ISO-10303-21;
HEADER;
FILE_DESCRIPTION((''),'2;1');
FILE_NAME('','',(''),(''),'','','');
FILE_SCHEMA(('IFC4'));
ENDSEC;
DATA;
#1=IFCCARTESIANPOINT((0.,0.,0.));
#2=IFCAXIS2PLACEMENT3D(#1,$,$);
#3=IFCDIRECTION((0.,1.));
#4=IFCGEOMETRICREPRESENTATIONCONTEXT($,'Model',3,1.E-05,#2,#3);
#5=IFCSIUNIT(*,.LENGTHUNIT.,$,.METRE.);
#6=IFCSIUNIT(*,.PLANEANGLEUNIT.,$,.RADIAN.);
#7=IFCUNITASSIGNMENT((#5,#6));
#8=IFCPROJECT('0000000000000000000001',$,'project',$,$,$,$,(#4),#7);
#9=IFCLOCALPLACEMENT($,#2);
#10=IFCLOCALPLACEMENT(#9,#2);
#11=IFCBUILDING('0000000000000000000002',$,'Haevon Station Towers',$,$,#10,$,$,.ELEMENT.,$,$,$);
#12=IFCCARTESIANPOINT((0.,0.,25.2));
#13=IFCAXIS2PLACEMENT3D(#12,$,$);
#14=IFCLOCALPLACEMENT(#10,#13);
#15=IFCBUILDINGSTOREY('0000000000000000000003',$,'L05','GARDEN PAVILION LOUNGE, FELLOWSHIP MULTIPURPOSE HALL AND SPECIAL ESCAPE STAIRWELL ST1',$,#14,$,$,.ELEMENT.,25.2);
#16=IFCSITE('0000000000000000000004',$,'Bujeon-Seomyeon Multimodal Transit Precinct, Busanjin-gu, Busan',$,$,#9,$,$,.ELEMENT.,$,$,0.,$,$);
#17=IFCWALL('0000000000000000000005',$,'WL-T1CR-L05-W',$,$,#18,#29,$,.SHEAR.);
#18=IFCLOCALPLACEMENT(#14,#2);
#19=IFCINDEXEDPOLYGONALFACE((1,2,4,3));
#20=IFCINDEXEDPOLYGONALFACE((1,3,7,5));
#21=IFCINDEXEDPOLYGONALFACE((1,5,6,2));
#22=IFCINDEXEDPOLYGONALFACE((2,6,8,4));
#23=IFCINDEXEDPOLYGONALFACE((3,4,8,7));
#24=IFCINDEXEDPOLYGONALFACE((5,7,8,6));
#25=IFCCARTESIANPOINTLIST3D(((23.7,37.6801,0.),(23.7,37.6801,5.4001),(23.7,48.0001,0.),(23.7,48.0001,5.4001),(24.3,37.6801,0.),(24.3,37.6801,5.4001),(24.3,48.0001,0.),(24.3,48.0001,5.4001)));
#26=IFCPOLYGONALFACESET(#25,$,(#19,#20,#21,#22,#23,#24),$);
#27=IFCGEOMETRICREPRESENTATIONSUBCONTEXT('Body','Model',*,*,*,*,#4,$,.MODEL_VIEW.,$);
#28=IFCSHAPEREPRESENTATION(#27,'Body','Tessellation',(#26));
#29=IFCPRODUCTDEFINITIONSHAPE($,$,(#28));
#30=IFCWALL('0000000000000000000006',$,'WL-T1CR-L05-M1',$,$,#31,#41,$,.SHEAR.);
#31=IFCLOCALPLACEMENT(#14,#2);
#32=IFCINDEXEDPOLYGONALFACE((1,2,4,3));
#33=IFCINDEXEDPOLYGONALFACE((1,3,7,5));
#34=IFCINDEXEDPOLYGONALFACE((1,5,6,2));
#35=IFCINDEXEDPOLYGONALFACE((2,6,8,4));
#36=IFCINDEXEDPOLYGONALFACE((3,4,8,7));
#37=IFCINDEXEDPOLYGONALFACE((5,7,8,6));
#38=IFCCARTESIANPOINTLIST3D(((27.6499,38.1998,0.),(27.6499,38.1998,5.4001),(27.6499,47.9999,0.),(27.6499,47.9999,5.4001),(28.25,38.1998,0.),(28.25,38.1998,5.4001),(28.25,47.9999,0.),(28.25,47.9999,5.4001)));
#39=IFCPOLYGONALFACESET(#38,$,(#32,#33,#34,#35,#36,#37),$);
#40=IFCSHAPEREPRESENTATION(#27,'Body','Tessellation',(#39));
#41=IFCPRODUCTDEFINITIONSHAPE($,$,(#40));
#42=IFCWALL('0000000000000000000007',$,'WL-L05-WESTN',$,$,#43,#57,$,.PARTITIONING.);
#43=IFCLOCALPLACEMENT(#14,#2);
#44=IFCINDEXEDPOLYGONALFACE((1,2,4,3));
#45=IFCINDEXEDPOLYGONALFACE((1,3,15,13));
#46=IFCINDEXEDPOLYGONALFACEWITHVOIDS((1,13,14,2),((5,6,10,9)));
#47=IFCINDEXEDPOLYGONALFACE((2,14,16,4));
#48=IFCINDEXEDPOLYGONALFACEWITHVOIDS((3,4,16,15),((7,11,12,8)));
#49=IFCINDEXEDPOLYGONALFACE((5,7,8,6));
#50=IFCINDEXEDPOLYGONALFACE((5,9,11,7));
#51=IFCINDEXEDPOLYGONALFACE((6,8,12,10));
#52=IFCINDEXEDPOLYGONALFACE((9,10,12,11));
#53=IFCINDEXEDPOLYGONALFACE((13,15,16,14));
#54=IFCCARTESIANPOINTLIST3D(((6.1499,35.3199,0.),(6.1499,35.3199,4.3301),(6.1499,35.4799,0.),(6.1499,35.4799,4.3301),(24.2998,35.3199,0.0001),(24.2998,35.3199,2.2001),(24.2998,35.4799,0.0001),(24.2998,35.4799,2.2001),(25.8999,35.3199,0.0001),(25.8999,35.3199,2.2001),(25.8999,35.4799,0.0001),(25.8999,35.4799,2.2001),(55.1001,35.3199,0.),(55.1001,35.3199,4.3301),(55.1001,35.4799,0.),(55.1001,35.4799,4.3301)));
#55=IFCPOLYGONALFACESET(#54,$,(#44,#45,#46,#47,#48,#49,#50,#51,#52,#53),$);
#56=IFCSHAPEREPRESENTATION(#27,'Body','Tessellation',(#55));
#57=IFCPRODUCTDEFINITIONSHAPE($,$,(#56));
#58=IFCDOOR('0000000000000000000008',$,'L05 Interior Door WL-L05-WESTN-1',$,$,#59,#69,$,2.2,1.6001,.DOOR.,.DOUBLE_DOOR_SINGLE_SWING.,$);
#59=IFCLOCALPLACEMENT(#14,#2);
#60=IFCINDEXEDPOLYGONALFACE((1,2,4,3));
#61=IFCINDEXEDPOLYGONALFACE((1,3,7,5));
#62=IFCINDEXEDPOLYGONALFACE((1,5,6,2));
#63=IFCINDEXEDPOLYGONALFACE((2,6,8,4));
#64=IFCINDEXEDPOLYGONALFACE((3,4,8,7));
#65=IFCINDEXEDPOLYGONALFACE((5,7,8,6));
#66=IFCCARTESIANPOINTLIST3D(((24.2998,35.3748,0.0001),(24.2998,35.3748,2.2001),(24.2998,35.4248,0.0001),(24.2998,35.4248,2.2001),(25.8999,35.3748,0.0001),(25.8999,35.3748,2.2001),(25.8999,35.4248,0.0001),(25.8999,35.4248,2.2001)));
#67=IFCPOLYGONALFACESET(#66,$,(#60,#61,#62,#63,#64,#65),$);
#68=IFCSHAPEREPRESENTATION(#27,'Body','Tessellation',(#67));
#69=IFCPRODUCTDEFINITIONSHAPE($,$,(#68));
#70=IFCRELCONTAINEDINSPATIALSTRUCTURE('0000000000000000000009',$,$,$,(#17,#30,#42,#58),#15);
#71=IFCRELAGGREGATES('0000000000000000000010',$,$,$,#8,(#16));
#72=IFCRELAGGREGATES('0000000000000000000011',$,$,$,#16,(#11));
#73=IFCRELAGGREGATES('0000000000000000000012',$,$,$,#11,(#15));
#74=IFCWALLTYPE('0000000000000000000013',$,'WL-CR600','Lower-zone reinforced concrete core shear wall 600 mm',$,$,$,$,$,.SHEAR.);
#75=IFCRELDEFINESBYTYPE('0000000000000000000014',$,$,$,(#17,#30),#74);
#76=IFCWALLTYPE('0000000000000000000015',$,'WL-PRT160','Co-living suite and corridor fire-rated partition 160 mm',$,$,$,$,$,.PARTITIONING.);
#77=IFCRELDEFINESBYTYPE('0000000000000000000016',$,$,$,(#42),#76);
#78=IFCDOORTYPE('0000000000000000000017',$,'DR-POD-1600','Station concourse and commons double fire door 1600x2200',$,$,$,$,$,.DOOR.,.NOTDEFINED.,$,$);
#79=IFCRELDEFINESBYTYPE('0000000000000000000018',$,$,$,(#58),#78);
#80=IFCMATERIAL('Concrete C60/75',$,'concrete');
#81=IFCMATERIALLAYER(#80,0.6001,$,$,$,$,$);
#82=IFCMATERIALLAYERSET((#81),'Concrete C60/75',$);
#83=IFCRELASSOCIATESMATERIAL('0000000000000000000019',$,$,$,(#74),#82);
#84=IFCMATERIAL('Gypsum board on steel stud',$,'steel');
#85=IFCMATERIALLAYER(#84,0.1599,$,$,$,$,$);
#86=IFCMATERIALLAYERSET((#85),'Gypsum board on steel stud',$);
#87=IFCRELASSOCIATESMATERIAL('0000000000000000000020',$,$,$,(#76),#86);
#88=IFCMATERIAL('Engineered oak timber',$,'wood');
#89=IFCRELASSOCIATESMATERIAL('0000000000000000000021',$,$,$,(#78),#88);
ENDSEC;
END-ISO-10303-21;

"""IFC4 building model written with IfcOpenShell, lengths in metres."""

from ifc_helpers import new_model, si_unit, direction, frame, frame_2d, origin, place, context, subcontext, project, spatial, rectangle, extrude, material, layer, layer_set, type_object, element, fill, save


model = new_model("IFC4")

# Units and contexts
model_context = context("Model", 3, precision=1e-05, world=origin(), true_north=direction((0.0, 1.0)))
body_context = subcontext(model_context, "Body", "Model", "MODEL_VIEW")
ifc_project = project(units=[si_unit("LENGTHUNIT", "METRE"), si_unit("PLANEANGLEUNIT", "RADIAN")], contexts=[model_context])

# Site, building, storey
site_placement = place(None, origin())
site = spatial("IfcSite", under=ifc_project, at=site_placement, Name="Bujeon-Seomyeon Multimodal Transit Precinct, Busanjin-gu, Busan", CompositionType="ELEMENT", RefElevation=0.0)
building_placement = place(site_placement, origin())
building = spatial("IfcBuilding", under=site, at=building_placement, Name="Haevon Station Towers", CompositionType="ELEMENT")
storey_placement = place(building_placement, frame((0.0, 0.0, 25.2)))
storey = spatial("IfcBuildingStorey", under=building, at=storey_placement, Name="L05", Description="GARDEN PAVILION LOUNGE, FELLOWSHIP MULTIPURPOSE HALL AND SPECIAL ESCAPE STAIRWELL ST1", CompositionType="ELEMENT", Elevation=25.2)

# Shared definitions
ifc_material_1 = material(Name="Gypsum board on steel stud", Category="steel")
ifc_material_2 = material(Name="Engineered oak timber", Category="wood")

# Walls
ifc_material_3 = material(Name="Concrete C60/75", Category="concrete")
ifc_layer_1 = layer(ifc_material_3, 0.6001)
ifc_layer_set_1 = layer_set([ifc_layer_1], Name="Concrete C60/75")
wall_type_1 = type_object("IfcWallType", Name="WL-CR600", Description="Lower-zone reinforced concrete core shear wall 600 mm", PredefinedType="SHEAR", material=ifc_layer_set_1)
wall_1_placement = place(storey_placement, frame((24.0, 37.6799, 0.0), z_axis=(0.0, 0.0, 1.0), x_axis=(0.0, 1.0, 0.0)))
element("IfcWall", 1, at=wall_1_placement, inside=storey, type_object=wall_type_1, Name="WL-T1CR-L05-W", PredefinedType="SHEAR", context=body_context, shape_type="SweptSolid", body=[
    extrude(rectangle(XDim=10.3201, YDim=0.6001, at=frame_2d((5.1602, 0.0))), origin(), (0.0, 0.0, 1.0), 5.4001),
])
wall_2_placement = place(storey_placement, frame((27.95, 38.2, 0.0), z_axis=(0.0, 0.0, 1.0), x_axis=(0.0, 1.0, 0.0)))
element("IfcWall", 2, at=wall_2_placement, inside=storey, type_object=wall_type_1, Name="WL-T1CR-L05-M1", PredefinedType="SHEAR", context=body_context, shape_type="SweptSolid", body=[
    extrude(rectangle(XDim=9.8, YDim=0.6001, at=frame_2d((4.8999, 0.0))), origin(), (0.0, 0.0, 1.0), 5.4001),
])

# Wall, opening, door
ifc_layer_2 = layer(ifc_material_1, 0.1599)
ifc_layer_set_2 = layer_set([ifc_layer_2], Name="Gypsum board on steel stud")
wall_type_2 = type_object("IfcWallType", Name="WL-PRT160", Description="Co-living suite and corridor fire-rated partition 160 mm", PredefinedType="PARTITIONING", material=ifc_layer_set_2)
wall_3_placement = place(storey_placement, frame((6.1499, 35.3999, 0.0), z_axis=(0.0, 0.0, 1.0), x_axis=(1.0, 0.0, 0.0)))
wall_3 = element("IfcWall", 3, at=wall_3_placement, inside=storey, type_object=wall_type_2, Name="WL-L05-WESTN", PredefinedType="PARTITIONING", context=body_context, shape_type="SweptSolid", body=[
    extrude(rectangle(XDim=48.9502, YDim=0.1599, at=frame_2d((24.4751, 0.0))), origin(), (0.0, 0.0, 1.0), 4.3301),
])
opening_1_placement = place(wall_3_placement, frame((18.1499, 0.0, 0.0)))
opening_1 = element("IfcOpeningElement", 4, at=opening_1_placement, cuts=wall_3, PredefinedType="OPENING", context=body_context, shape_type="SweptSolid", body=[
    extrude(rectangle(XDim=1.6001, YDim=2.2, at=frame_2d((0.8, 1.1001))), frame((0.0, 0.0898, 0.0), z_axis=(0.0, -1.0, 0.0), x_axis=(1.0, 0.0, 0.0)), (0.0, 0.0, 1.0), 0.1799),
])
door_type_1 = type_object("IfcDoorType", Name="DR-POD-1600", Description="Station concourse and commons double fire door 1600x2200", OperationType="NOTDEFINED", PredefinedType="DOOR", material=ifc_material_2)
door_1_placement = place(opening_1_placement, origin())
door_1 = element("IfcDoor", 5, at=door_1_placement, inside=storey, type_object=door_type_1, Name="L05 Interior Door WL-L05-WESTN-1", OperationType="DOUBLE_DOOR_SINGLE_SWING", OverallHeight=2.2, OverallWidth=1.6001, PredefinedType="DOOR", context=body_context, shape_type="SweptSolid", body=[
    extrude(rectangle(XDim=1.6001, YDim=2.2, at=frame_2d((0.8, 1.1001))), frame((0.0, 0.0249, 0.0), z_axis=(0.0, -1.0, 0.0), x_axis=(1.0, 0.0, 0.0)), (0.0, 0.0, 1.0), 0.05),
])
fill(opening_1, door_1)

save(model, "model.ifc")
